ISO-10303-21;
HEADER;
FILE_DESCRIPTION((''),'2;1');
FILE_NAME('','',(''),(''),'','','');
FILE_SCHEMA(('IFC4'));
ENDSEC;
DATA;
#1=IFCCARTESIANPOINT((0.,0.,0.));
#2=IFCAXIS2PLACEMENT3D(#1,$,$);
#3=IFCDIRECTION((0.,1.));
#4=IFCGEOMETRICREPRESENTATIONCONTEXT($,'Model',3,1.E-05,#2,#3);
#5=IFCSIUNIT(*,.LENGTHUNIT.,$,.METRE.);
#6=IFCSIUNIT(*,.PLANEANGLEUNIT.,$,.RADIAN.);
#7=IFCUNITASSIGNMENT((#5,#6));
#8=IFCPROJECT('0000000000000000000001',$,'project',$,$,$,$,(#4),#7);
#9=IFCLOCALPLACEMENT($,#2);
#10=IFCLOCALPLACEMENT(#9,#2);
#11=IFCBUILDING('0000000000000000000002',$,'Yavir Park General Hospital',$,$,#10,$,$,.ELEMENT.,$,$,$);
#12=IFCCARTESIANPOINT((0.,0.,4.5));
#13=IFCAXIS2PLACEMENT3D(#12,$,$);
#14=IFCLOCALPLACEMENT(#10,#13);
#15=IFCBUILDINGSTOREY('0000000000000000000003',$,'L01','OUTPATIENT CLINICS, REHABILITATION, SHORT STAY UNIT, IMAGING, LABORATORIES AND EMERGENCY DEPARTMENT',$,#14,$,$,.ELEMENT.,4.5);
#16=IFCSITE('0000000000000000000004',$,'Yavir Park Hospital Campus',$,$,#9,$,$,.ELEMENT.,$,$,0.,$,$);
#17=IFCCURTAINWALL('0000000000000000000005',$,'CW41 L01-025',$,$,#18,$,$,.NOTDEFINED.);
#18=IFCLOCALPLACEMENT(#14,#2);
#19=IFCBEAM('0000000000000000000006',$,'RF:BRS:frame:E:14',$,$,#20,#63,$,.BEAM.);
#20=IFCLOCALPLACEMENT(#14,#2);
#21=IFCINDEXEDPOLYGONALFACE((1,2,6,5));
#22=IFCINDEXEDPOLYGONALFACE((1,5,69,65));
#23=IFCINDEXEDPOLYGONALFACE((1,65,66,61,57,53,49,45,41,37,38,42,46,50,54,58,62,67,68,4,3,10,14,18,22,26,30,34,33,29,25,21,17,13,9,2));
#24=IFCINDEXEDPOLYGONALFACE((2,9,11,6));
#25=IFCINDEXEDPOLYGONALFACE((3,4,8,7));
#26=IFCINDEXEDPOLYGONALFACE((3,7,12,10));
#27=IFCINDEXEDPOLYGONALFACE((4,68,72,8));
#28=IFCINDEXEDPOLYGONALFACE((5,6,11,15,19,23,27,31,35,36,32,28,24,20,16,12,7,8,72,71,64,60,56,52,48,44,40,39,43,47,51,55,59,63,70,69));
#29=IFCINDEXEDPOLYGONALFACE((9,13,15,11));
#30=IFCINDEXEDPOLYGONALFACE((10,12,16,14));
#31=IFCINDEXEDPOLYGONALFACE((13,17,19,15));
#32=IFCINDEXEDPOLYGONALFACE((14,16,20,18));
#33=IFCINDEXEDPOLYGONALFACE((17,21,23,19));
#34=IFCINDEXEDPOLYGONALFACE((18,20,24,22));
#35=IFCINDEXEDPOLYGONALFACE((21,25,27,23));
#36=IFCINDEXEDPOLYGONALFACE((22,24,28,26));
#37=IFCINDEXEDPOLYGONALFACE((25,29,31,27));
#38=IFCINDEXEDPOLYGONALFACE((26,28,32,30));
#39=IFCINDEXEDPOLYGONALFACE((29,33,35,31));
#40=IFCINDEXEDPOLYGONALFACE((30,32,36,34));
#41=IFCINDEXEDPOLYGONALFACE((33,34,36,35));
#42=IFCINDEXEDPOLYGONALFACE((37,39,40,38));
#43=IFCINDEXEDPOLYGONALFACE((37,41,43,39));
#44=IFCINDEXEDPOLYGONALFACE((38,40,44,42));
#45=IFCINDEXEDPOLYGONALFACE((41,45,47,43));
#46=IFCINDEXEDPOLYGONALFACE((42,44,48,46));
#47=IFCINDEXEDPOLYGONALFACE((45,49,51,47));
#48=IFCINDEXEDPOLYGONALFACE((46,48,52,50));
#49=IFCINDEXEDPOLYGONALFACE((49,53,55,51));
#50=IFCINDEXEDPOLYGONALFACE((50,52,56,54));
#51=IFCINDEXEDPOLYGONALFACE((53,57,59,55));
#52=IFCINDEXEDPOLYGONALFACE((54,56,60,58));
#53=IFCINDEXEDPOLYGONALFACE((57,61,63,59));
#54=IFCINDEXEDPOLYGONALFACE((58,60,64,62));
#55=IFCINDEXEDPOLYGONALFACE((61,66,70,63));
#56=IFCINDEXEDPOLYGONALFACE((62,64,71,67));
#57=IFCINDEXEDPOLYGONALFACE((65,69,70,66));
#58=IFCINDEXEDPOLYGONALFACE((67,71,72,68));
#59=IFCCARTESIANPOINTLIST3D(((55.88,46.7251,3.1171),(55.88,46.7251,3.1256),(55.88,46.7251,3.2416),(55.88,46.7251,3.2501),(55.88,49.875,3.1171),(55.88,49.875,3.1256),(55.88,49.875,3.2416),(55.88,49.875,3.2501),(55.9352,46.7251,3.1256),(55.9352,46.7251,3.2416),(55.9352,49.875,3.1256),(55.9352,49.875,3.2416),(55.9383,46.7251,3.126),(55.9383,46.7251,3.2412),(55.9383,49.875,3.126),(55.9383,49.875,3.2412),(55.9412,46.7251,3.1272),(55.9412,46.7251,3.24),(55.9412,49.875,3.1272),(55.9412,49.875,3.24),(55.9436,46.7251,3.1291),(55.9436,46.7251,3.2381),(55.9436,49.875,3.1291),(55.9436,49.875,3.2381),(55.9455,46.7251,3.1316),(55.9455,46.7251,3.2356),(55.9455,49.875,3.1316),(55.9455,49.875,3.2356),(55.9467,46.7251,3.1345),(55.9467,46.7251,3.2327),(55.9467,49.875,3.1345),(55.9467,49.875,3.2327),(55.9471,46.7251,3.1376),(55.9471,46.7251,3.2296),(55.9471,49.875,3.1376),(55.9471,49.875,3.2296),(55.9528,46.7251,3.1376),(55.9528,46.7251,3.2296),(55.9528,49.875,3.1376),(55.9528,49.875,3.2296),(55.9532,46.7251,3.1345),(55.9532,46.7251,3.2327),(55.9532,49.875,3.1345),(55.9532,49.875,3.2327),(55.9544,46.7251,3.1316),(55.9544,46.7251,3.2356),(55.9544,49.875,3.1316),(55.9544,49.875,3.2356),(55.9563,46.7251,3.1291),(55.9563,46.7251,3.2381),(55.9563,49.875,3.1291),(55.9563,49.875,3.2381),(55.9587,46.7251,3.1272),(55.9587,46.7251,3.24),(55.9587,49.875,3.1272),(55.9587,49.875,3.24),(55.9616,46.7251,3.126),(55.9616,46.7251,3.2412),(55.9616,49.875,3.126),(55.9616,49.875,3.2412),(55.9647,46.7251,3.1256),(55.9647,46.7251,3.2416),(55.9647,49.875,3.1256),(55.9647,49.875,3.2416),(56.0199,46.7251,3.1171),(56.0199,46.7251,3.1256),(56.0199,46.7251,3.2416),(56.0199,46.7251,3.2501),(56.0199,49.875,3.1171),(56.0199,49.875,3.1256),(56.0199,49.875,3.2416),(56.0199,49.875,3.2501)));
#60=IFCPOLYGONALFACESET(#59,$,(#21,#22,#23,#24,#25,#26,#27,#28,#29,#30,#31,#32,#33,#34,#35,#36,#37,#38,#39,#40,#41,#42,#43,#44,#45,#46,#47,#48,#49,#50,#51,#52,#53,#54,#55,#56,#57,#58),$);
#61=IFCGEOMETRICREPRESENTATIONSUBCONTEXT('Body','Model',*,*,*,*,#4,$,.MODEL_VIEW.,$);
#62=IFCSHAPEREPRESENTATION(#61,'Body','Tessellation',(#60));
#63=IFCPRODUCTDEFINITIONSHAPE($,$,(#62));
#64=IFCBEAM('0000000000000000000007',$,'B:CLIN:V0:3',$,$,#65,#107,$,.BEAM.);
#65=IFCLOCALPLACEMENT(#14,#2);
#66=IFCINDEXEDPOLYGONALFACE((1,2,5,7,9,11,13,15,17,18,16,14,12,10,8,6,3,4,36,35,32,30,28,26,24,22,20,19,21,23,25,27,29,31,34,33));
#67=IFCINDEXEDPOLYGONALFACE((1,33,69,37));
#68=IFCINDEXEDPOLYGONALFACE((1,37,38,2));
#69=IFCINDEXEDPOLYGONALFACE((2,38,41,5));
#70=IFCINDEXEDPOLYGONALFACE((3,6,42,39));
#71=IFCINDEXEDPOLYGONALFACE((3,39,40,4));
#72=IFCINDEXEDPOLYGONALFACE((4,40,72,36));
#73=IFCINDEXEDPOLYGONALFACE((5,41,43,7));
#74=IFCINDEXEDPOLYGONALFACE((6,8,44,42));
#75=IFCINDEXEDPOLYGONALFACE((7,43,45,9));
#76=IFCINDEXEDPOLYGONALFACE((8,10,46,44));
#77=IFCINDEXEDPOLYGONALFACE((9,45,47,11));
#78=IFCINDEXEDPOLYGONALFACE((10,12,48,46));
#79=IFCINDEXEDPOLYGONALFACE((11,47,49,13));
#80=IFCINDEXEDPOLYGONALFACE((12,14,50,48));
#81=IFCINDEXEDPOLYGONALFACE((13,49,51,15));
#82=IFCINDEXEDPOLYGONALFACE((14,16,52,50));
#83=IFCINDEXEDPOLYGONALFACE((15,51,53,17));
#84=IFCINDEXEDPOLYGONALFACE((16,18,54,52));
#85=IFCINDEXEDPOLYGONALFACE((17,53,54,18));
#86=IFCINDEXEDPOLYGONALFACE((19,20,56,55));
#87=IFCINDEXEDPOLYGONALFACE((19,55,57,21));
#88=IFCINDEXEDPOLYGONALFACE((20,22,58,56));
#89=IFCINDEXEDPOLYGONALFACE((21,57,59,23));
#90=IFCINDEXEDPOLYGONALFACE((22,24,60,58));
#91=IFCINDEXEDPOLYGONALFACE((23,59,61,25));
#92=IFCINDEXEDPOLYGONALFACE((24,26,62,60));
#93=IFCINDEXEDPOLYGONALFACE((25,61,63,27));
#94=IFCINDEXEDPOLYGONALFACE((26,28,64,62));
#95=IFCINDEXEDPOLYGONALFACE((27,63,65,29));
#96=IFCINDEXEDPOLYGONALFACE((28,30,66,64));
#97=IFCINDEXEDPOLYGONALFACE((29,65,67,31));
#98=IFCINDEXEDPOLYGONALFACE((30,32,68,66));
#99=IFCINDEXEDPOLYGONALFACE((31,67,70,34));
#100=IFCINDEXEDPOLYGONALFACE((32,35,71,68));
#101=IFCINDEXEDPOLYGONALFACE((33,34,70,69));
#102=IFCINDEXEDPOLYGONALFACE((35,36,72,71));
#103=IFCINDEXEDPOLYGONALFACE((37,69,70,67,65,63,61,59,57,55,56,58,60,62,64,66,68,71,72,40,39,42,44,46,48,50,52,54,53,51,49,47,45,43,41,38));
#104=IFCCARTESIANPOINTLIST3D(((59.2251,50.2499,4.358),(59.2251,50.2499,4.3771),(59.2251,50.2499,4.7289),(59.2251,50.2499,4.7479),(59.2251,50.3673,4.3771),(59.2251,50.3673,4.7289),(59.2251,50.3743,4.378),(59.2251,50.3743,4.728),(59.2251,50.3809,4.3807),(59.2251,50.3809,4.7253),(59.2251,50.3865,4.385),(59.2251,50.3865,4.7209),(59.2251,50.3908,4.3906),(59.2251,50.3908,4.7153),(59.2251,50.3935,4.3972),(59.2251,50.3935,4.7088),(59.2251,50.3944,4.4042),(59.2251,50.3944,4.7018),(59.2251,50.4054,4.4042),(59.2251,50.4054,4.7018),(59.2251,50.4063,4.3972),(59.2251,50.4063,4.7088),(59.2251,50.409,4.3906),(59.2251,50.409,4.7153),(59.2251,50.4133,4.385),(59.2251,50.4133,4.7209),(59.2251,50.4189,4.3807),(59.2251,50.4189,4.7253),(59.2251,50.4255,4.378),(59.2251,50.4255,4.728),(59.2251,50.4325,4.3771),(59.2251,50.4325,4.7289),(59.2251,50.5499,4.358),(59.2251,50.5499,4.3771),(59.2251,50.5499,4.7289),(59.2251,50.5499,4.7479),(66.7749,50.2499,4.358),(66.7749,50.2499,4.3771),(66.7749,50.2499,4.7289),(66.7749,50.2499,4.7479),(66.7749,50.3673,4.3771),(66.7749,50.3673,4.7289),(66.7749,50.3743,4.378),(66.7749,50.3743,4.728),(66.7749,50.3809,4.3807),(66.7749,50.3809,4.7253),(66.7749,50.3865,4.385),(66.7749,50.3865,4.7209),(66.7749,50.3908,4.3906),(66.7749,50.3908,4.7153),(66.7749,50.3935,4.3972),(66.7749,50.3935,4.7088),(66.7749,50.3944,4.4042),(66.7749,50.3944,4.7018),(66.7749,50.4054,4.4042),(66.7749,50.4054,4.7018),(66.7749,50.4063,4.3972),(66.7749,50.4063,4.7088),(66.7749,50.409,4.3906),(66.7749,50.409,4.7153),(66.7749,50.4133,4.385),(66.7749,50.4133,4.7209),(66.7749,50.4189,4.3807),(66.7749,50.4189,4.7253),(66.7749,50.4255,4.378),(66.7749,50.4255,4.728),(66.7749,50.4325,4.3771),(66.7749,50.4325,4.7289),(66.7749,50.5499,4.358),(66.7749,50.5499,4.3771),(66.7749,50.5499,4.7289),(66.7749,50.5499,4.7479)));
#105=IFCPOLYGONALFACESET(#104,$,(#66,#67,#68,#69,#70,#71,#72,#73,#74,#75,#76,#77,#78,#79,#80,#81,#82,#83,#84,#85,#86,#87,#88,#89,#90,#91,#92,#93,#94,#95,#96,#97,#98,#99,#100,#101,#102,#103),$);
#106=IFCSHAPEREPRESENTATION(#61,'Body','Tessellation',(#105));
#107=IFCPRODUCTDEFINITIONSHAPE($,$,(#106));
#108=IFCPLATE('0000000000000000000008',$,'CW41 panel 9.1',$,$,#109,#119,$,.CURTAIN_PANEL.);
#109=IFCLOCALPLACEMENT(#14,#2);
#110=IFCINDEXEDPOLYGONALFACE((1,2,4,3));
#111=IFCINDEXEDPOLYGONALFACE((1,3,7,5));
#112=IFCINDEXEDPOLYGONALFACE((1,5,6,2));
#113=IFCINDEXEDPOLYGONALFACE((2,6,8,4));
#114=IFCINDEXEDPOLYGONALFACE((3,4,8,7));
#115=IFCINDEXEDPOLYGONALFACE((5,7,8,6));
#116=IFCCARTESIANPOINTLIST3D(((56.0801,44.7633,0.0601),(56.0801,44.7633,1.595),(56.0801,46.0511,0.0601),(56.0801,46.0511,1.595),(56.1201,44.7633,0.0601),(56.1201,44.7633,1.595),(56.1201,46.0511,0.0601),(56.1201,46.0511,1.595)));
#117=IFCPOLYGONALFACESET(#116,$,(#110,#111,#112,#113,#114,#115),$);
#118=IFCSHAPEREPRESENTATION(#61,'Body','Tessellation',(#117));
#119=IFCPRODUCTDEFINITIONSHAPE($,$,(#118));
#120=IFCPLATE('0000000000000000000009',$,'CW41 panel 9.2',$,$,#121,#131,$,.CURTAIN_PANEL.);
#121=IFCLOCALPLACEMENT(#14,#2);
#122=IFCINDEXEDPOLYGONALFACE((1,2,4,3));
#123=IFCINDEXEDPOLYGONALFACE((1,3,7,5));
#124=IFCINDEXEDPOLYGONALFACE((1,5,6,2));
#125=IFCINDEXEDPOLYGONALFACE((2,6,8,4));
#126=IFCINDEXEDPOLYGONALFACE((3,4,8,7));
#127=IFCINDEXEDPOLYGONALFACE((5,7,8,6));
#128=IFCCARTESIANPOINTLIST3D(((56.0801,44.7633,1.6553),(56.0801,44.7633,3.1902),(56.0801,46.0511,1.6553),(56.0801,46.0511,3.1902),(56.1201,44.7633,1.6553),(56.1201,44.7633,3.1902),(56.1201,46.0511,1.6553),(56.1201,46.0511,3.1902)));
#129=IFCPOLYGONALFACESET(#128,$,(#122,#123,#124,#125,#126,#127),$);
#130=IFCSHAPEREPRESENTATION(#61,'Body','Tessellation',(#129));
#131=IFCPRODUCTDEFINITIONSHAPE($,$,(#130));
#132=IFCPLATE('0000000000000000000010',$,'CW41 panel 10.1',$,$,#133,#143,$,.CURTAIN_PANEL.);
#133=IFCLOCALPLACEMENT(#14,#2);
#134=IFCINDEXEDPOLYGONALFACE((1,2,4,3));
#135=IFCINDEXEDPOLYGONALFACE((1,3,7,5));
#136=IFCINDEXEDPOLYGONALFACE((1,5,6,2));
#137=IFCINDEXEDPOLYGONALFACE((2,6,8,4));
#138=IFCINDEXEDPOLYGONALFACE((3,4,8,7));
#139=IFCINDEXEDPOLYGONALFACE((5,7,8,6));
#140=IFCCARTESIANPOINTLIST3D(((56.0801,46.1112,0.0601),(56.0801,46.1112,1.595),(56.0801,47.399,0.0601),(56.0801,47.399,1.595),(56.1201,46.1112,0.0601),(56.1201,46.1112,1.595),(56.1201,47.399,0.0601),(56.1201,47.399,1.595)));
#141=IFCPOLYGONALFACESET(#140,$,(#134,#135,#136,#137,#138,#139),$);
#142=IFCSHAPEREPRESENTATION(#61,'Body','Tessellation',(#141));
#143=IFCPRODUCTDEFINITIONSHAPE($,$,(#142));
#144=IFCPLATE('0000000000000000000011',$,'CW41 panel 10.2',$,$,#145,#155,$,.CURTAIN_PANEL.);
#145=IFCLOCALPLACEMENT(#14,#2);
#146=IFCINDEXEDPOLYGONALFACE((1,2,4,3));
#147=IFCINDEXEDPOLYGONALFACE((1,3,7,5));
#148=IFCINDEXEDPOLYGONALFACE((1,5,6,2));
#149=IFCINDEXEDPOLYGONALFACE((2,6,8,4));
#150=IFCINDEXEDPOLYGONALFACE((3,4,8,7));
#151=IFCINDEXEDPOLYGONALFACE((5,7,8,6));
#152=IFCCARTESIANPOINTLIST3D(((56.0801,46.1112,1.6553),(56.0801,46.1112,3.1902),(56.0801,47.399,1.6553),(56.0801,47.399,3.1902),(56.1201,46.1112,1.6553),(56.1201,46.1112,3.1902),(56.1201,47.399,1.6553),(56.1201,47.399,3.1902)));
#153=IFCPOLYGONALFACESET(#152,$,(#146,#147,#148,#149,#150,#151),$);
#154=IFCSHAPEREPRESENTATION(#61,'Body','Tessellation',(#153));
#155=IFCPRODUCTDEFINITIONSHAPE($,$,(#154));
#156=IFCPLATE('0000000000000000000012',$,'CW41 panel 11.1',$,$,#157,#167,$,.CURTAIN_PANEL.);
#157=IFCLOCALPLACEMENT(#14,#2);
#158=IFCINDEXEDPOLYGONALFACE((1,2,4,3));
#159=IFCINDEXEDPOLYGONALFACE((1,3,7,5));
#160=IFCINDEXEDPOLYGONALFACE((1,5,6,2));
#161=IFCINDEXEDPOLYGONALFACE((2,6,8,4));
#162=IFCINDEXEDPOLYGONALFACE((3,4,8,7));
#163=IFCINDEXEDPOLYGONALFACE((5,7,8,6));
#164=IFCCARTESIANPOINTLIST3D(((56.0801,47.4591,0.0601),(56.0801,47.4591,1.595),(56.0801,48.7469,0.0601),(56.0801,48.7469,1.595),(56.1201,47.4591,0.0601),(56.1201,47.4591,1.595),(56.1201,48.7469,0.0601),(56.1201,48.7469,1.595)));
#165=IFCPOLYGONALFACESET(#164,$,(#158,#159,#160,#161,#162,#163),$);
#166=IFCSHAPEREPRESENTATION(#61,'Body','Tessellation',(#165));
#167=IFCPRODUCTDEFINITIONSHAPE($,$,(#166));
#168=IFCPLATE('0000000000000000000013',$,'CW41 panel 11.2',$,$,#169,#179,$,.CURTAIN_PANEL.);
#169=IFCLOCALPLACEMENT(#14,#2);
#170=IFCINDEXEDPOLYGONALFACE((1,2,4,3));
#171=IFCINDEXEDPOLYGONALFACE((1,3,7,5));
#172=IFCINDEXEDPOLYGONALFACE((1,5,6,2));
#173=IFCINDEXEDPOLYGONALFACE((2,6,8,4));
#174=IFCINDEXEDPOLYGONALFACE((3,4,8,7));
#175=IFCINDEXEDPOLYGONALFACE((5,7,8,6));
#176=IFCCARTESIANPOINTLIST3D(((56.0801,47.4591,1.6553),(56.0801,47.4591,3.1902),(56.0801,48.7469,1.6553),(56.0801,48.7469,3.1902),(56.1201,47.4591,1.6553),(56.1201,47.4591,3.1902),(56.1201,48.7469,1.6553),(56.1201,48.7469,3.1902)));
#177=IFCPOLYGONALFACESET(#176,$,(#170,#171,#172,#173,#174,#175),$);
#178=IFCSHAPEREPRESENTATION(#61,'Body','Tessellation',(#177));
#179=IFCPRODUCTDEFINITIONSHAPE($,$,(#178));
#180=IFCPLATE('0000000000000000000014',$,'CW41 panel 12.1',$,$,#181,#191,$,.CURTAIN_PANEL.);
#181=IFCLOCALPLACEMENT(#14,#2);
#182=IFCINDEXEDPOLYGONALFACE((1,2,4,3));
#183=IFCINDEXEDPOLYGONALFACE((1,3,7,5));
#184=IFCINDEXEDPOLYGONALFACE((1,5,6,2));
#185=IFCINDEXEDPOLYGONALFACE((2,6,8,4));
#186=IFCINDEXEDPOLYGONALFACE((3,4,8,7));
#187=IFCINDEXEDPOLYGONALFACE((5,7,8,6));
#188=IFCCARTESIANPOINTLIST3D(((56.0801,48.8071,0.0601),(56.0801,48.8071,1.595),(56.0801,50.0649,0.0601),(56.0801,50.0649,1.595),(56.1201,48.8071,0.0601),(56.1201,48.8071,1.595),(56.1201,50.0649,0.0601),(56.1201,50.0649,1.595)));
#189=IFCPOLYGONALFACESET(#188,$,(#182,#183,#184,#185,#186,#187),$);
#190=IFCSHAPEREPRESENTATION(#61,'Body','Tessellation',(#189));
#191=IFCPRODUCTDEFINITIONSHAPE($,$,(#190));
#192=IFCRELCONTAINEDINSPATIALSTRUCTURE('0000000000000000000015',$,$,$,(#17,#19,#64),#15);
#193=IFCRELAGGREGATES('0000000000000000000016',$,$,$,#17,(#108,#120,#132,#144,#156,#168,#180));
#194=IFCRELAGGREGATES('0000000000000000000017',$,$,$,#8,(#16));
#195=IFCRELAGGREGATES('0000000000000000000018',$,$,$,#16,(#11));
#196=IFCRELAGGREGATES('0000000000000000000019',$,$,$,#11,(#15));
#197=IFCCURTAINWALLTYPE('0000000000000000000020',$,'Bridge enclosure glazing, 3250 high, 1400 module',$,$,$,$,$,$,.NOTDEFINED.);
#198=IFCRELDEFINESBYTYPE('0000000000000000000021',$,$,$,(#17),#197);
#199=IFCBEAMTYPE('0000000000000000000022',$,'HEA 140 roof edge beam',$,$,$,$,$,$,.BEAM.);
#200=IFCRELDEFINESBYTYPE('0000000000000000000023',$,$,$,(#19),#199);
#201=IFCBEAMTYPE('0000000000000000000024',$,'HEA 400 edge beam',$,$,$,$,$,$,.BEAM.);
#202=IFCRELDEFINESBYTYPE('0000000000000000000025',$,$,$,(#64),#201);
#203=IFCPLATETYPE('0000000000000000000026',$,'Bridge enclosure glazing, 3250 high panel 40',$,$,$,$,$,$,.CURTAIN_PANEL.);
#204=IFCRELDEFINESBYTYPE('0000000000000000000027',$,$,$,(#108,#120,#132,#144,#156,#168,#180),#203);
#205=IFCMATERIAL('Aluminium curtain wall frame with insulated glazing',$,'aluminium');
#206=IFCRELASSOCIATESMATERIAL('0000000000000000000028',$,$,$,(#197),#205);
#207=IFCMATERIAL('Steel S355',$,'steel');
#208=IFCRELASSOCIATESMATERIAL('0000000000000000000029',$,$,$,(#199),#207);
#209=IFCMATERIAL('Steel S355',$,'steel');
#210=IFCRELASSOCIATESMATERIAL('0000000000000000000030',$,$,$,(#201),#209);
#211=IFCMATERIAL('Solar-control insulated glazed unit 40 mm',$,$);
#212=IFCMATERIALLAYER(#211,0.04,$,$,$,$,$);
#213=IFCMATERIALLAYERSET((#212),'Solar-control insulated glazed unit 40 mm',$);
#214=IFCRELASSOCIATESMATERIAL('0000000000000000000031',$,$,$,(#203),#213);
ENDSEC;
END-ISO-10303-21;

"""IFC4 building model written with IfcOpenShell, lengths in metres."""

from ifc_helpers import new_model, si_unit, direction, frame, origin, origin_2d, place, context, subcontext, project, spatial, rectangle, i_section, extrude, material, layer, layer_set, material_profile, profile_set, type_object, element, aggregate, save


model = new_model("IFC4")

# Units and contexts
model_context = context("Model", 3, precision=1e-05, world=origin(), true_north=direction((0.0, 1.0)))
body_context = subcontext(model_context, "Body", "Model", "MODEL_VIEW")
ifc_project = project(units=[si_unit("LENGTHUNIT", "METRE"), si_unit("PLANEANGLEUNIT", "RADIAN")], contexts=[model_context])

# Site, building, storey
site_placement = place(None, origin())
site = spatial("IfcSite", under=ifc_project, at=site_placement, Name="Yavir Park Hospital Campus", CompositionType="ELEMENT", RefElevation=0.0)
building_placement = place(site_placement, origin())
building = spatial("IfcBuilding", under=site, at=building_placement, Name="Yavir Park General Hospital", CompositionType="ELEMENT")
storey_placement = place(building_placement, frame((0.0, 0.0, 4.5)))
storey = spatial("IfcBuildingStorey", under=building, at=storey_placement, Name="L01", Description="OUTPATIENT CLINICS, REHABILITATION, SHORT STAY UNIT, IMAGING, LABORATORIES AND EMERGENCY DEPARTMENT", CompositionType="ELEMENT", Elevation=4.5)

# Curtain wall
ifc_material_1 = material(Name="Aluminium curtain wall frame with insulated glazing", Category="aluminium")
curtain_wall_type = type_object("IfcCurtainWallType", Name="Bridge enclosure glazing, 3250 high, 1400 module", PredefinedType="NOTDEFINED", material=ifc_material_1)
curtain_wall_placement = place(storey_placement, origin())
curtain_wall = element("IfcCurtainWall", 1, at=curtain_wall_placement, inside=storey, type_object=curtain_wall_type, Name="CW41 L01-025", PredefinedType="NOTDEFINED")

# Beams
ifc_material_2 = material(Name="Steel S355", Category="steel")
ifc_material_profile_1 = material_profile(ifc_material_2, i_section(OverallWidth=0.1399, OverallDepth=0.1331, WebThickness=0.0056, FlangeThickness=0.0085, FilletRadius=0.012, at=origin_2d()), Name="HEA140")
ifc_profile_set_1 = profile_set([ifc_material_profile_1], Name="Steel S355")
beam_type_1 = type_object("IfcBeamType", Name="HEA 140 roof edge beam", PredefinedType="BEAM", material=ifc_profile_set_1)
beam_1_placement = place(storey_placement, frame((55.95, 46.7251, 3.1836), z_axis=(0.0, 1.0, 0.0), x_axis=(-1.0, 0.0, 0.0)))
element("IfcBeam", 2, at=beam_1_placement, inside=storey, type_object=beam_type_1, Name="RF:BRS:frame:E:14", PredefinedType="BEAM", context=body_context, shape_type="SweptSolid", body=[
    extrude(i_section(OverallWidth=0.1399, OverallDepth=0.1331, WebThickness=0.0056, FlangeThickness=0.0085, FilletRadius=0.012, at=origin_2d()), origin(), (0.0, 0.0, 1.0), 3.1499),
])
ifc_material_3 = material(Name="Steel S355", Category="steel")
ifc_material_profile_2 = material_profile(ifc_material_3, i_section(OverallWidth=0.3, OverallDepth=0.3899, WebThickness=0.011, FlangeThickness=0.019, FilletRadius=0.0271, at=origin_2d()), Name="HEA400")
ifc_profile_set_2 = profile_set([ifc_material_profile_2], Name="Steel S355")
beam_type_2 = type_object("IfcBeamType", Name="HEA 400 edge beam", PredefinedType="BEAM", material=ifc_profile_set_2)
beam_2_placement = place(storey_placement, frame((59.2251, 50.3999, 4.553), z_axis=(1.0, 0.0, 0.0), x_axis=(0.0, 1.0, 0.0)))
element("IfcBeam", 3, at=beam_2_placement, inside=storey, type_object=beam_type_2, Name="B:CLIN:V0:3", PredefinedType="BEAM", context=body_context, shape_type="SweptSolid", body=[
    extrude(i_section(OverallWidth=0.3, OverallDepth=0.3899, WebThickness=0.011, FlangeThickness=0.019, FilletRadius=0.0271, at=origin_2d()), origin(), (0.0, 0.0, 1.0), 7.5498),
])

# Plates
ifc_material_4 = material(Name="Solar-control insulated glazed unit 40 mm")
ifc_layer_1 = layer(ifc_material_4, 0.04)
ifc_layer_set_1 = layer_set([ifc_layer_1], Name="Solar-control insulated glazed unit 40 mm")
plate_type = type_object("IfcPlateType", Name="Bridge enclosure glazing, 3250 high panel 40", PredefinedType="CURTAIN_PANEL", material=ifc_layer_set_1)
plate_1_placement = place(storey_placement, frame((56.1001, 45.4072, 0.0601), z_axis=(0.0, 0.0, 1.0), x_axis=(0.0, 1.0, 0.0)))
plate_1 = element("IfcPlate", 4, at=plate_1_placement, type_object=plate_type, Name="CW41 panel 9.1", PredefinedType="CURTAIN_PANEL", context=body_context, shape_type="SweptSolid", body=[
    extrude(rectangle(XDim=1.2878, YDim=0.04, at=origin_2d()), origin(), (0.0, 0.0, 1.0), 1.5349),
])
plate_2_placement = place(storey_placement, frame((56.1001, 45.4072, 1.6553), z_axis=(0.0, 0.0, 1.0), x_axis=(0.0, 1.0, 0.0)))
plate_2 = element("IfcPlate", 5, at=plate_2_placement, type_object=plate_type, Name="CW41 panel 9.2", PredefinedType="CURTAIN_PANEL", context=body_context, shape_type="SweptSolid", body=[
    extrude(rectangle(XDim=1.2878, YDim=0.04, at=origin_2d()), origin(), (0.0, 0.0, 1.0), 1.5349),
])
plate_3_placement = place(storey_placement, frame((56.1001, 46.7551, 0.0601), z_axis=(0.0, 0.0, 1.0), x_axis=(0.0, 1.0, 0.0)))
plate_3 = element("IfcPlate", 6, at=plate_3_placement, type_object=plate_type, Name="CW41 panel 10.1", PredefinedType="CURTAIN_PANEL", context=body_context, shape_type="SweptSolid", body=[
    extrude(rectangle(XDim=1.2878, YDim=0.04, at=origin_2d()), origin(), (0.0, 0.0, 1.0), 1.5349),
])
plate_4_placement = place(storey_placement, frame((56.1001, 46.7551, 1.6553), z_axis=(0.0, 0.0, 1.0), x_axis=(0.0, 1.0, 0.0)))
plate_4 = element("IfcPlate", 7, at=plate_4_placement, type_object=plate_type, Name="CW41 panel 10.2", PredefinedType="CURTAIN_PANEL", context=body_context, shape_type="SweptSolid", body=[
    extrude(rectangle(XDim=1.2878, YDim=0.04, at=origin_2d()), origin(), (0.0, 0.0, 1.0), 1.5349),
])
plate_5_placement = place(storey_placement, frame((56.1001, 48.103, 0.0601), z_axis=(0.0, 0.0, 1.0), x_axis=(0.0, 1.0, 0.0)))
plate_5 = element("IfcPlate", 8, at=plate_5_placement, type_object=plate_type, Name="CW41 panel 11.1", PredefinedType="CURTAIN_PANEL", context=body_context, shape_type="SweptSolid", body=[
    extrude(rectangle(XDim=1.2878, YDim=0.04, at=origin_2d()), origin(), (0.0, 0.0, 1.0), 1.5349),
])
plate_6_placement = place(storey_placement, frame((56.1001, 48.103, 1.6553), z_axis=(0.0, 0.0, 1.0), x_axis=(0.0, 1.0, 0.0)))
plate_6 = element("IfcPlate", 9, at=plate_6_placement, type_object=plate_type, Name="CW41 panel 11.2", PredefinedType="CURTAIN_PANEL", context=body_context, shape_type="SweptSolid", body=[
    extrude(rectangle(XDim=1.2878, YDim=0.04, at=origin_2d()), origin(), (0.0, 0.0, 1.0), 1.5349),
])
plate_7_placement = place(storey_placement, frame((56.1001, 49.436, 0.0601), z_axis=(0.0, 0.0, 1.0), x_axis=(0.0, 1.0, 0.0)))
plate_7 = element("IfcPlate", 10, at=plate_7_placement, type_object=plate_type, Name="CW41 panel 12.1", PredefinedType="CURTAIN_PANEL", context=body_context, shape_type="SweptSolid", body=[
    extrude(rectangle(XDim=1.2578, YDim=0.04, at=origin_2d()), origin(), (0.0, 0.0, 1.0), 1.5349),
])
aggregate(curtain_wall, [plate_1, plate_2, plate_3, plate_4, plate_5, plate_6, plate_7])

save(model, "model.ifc")
